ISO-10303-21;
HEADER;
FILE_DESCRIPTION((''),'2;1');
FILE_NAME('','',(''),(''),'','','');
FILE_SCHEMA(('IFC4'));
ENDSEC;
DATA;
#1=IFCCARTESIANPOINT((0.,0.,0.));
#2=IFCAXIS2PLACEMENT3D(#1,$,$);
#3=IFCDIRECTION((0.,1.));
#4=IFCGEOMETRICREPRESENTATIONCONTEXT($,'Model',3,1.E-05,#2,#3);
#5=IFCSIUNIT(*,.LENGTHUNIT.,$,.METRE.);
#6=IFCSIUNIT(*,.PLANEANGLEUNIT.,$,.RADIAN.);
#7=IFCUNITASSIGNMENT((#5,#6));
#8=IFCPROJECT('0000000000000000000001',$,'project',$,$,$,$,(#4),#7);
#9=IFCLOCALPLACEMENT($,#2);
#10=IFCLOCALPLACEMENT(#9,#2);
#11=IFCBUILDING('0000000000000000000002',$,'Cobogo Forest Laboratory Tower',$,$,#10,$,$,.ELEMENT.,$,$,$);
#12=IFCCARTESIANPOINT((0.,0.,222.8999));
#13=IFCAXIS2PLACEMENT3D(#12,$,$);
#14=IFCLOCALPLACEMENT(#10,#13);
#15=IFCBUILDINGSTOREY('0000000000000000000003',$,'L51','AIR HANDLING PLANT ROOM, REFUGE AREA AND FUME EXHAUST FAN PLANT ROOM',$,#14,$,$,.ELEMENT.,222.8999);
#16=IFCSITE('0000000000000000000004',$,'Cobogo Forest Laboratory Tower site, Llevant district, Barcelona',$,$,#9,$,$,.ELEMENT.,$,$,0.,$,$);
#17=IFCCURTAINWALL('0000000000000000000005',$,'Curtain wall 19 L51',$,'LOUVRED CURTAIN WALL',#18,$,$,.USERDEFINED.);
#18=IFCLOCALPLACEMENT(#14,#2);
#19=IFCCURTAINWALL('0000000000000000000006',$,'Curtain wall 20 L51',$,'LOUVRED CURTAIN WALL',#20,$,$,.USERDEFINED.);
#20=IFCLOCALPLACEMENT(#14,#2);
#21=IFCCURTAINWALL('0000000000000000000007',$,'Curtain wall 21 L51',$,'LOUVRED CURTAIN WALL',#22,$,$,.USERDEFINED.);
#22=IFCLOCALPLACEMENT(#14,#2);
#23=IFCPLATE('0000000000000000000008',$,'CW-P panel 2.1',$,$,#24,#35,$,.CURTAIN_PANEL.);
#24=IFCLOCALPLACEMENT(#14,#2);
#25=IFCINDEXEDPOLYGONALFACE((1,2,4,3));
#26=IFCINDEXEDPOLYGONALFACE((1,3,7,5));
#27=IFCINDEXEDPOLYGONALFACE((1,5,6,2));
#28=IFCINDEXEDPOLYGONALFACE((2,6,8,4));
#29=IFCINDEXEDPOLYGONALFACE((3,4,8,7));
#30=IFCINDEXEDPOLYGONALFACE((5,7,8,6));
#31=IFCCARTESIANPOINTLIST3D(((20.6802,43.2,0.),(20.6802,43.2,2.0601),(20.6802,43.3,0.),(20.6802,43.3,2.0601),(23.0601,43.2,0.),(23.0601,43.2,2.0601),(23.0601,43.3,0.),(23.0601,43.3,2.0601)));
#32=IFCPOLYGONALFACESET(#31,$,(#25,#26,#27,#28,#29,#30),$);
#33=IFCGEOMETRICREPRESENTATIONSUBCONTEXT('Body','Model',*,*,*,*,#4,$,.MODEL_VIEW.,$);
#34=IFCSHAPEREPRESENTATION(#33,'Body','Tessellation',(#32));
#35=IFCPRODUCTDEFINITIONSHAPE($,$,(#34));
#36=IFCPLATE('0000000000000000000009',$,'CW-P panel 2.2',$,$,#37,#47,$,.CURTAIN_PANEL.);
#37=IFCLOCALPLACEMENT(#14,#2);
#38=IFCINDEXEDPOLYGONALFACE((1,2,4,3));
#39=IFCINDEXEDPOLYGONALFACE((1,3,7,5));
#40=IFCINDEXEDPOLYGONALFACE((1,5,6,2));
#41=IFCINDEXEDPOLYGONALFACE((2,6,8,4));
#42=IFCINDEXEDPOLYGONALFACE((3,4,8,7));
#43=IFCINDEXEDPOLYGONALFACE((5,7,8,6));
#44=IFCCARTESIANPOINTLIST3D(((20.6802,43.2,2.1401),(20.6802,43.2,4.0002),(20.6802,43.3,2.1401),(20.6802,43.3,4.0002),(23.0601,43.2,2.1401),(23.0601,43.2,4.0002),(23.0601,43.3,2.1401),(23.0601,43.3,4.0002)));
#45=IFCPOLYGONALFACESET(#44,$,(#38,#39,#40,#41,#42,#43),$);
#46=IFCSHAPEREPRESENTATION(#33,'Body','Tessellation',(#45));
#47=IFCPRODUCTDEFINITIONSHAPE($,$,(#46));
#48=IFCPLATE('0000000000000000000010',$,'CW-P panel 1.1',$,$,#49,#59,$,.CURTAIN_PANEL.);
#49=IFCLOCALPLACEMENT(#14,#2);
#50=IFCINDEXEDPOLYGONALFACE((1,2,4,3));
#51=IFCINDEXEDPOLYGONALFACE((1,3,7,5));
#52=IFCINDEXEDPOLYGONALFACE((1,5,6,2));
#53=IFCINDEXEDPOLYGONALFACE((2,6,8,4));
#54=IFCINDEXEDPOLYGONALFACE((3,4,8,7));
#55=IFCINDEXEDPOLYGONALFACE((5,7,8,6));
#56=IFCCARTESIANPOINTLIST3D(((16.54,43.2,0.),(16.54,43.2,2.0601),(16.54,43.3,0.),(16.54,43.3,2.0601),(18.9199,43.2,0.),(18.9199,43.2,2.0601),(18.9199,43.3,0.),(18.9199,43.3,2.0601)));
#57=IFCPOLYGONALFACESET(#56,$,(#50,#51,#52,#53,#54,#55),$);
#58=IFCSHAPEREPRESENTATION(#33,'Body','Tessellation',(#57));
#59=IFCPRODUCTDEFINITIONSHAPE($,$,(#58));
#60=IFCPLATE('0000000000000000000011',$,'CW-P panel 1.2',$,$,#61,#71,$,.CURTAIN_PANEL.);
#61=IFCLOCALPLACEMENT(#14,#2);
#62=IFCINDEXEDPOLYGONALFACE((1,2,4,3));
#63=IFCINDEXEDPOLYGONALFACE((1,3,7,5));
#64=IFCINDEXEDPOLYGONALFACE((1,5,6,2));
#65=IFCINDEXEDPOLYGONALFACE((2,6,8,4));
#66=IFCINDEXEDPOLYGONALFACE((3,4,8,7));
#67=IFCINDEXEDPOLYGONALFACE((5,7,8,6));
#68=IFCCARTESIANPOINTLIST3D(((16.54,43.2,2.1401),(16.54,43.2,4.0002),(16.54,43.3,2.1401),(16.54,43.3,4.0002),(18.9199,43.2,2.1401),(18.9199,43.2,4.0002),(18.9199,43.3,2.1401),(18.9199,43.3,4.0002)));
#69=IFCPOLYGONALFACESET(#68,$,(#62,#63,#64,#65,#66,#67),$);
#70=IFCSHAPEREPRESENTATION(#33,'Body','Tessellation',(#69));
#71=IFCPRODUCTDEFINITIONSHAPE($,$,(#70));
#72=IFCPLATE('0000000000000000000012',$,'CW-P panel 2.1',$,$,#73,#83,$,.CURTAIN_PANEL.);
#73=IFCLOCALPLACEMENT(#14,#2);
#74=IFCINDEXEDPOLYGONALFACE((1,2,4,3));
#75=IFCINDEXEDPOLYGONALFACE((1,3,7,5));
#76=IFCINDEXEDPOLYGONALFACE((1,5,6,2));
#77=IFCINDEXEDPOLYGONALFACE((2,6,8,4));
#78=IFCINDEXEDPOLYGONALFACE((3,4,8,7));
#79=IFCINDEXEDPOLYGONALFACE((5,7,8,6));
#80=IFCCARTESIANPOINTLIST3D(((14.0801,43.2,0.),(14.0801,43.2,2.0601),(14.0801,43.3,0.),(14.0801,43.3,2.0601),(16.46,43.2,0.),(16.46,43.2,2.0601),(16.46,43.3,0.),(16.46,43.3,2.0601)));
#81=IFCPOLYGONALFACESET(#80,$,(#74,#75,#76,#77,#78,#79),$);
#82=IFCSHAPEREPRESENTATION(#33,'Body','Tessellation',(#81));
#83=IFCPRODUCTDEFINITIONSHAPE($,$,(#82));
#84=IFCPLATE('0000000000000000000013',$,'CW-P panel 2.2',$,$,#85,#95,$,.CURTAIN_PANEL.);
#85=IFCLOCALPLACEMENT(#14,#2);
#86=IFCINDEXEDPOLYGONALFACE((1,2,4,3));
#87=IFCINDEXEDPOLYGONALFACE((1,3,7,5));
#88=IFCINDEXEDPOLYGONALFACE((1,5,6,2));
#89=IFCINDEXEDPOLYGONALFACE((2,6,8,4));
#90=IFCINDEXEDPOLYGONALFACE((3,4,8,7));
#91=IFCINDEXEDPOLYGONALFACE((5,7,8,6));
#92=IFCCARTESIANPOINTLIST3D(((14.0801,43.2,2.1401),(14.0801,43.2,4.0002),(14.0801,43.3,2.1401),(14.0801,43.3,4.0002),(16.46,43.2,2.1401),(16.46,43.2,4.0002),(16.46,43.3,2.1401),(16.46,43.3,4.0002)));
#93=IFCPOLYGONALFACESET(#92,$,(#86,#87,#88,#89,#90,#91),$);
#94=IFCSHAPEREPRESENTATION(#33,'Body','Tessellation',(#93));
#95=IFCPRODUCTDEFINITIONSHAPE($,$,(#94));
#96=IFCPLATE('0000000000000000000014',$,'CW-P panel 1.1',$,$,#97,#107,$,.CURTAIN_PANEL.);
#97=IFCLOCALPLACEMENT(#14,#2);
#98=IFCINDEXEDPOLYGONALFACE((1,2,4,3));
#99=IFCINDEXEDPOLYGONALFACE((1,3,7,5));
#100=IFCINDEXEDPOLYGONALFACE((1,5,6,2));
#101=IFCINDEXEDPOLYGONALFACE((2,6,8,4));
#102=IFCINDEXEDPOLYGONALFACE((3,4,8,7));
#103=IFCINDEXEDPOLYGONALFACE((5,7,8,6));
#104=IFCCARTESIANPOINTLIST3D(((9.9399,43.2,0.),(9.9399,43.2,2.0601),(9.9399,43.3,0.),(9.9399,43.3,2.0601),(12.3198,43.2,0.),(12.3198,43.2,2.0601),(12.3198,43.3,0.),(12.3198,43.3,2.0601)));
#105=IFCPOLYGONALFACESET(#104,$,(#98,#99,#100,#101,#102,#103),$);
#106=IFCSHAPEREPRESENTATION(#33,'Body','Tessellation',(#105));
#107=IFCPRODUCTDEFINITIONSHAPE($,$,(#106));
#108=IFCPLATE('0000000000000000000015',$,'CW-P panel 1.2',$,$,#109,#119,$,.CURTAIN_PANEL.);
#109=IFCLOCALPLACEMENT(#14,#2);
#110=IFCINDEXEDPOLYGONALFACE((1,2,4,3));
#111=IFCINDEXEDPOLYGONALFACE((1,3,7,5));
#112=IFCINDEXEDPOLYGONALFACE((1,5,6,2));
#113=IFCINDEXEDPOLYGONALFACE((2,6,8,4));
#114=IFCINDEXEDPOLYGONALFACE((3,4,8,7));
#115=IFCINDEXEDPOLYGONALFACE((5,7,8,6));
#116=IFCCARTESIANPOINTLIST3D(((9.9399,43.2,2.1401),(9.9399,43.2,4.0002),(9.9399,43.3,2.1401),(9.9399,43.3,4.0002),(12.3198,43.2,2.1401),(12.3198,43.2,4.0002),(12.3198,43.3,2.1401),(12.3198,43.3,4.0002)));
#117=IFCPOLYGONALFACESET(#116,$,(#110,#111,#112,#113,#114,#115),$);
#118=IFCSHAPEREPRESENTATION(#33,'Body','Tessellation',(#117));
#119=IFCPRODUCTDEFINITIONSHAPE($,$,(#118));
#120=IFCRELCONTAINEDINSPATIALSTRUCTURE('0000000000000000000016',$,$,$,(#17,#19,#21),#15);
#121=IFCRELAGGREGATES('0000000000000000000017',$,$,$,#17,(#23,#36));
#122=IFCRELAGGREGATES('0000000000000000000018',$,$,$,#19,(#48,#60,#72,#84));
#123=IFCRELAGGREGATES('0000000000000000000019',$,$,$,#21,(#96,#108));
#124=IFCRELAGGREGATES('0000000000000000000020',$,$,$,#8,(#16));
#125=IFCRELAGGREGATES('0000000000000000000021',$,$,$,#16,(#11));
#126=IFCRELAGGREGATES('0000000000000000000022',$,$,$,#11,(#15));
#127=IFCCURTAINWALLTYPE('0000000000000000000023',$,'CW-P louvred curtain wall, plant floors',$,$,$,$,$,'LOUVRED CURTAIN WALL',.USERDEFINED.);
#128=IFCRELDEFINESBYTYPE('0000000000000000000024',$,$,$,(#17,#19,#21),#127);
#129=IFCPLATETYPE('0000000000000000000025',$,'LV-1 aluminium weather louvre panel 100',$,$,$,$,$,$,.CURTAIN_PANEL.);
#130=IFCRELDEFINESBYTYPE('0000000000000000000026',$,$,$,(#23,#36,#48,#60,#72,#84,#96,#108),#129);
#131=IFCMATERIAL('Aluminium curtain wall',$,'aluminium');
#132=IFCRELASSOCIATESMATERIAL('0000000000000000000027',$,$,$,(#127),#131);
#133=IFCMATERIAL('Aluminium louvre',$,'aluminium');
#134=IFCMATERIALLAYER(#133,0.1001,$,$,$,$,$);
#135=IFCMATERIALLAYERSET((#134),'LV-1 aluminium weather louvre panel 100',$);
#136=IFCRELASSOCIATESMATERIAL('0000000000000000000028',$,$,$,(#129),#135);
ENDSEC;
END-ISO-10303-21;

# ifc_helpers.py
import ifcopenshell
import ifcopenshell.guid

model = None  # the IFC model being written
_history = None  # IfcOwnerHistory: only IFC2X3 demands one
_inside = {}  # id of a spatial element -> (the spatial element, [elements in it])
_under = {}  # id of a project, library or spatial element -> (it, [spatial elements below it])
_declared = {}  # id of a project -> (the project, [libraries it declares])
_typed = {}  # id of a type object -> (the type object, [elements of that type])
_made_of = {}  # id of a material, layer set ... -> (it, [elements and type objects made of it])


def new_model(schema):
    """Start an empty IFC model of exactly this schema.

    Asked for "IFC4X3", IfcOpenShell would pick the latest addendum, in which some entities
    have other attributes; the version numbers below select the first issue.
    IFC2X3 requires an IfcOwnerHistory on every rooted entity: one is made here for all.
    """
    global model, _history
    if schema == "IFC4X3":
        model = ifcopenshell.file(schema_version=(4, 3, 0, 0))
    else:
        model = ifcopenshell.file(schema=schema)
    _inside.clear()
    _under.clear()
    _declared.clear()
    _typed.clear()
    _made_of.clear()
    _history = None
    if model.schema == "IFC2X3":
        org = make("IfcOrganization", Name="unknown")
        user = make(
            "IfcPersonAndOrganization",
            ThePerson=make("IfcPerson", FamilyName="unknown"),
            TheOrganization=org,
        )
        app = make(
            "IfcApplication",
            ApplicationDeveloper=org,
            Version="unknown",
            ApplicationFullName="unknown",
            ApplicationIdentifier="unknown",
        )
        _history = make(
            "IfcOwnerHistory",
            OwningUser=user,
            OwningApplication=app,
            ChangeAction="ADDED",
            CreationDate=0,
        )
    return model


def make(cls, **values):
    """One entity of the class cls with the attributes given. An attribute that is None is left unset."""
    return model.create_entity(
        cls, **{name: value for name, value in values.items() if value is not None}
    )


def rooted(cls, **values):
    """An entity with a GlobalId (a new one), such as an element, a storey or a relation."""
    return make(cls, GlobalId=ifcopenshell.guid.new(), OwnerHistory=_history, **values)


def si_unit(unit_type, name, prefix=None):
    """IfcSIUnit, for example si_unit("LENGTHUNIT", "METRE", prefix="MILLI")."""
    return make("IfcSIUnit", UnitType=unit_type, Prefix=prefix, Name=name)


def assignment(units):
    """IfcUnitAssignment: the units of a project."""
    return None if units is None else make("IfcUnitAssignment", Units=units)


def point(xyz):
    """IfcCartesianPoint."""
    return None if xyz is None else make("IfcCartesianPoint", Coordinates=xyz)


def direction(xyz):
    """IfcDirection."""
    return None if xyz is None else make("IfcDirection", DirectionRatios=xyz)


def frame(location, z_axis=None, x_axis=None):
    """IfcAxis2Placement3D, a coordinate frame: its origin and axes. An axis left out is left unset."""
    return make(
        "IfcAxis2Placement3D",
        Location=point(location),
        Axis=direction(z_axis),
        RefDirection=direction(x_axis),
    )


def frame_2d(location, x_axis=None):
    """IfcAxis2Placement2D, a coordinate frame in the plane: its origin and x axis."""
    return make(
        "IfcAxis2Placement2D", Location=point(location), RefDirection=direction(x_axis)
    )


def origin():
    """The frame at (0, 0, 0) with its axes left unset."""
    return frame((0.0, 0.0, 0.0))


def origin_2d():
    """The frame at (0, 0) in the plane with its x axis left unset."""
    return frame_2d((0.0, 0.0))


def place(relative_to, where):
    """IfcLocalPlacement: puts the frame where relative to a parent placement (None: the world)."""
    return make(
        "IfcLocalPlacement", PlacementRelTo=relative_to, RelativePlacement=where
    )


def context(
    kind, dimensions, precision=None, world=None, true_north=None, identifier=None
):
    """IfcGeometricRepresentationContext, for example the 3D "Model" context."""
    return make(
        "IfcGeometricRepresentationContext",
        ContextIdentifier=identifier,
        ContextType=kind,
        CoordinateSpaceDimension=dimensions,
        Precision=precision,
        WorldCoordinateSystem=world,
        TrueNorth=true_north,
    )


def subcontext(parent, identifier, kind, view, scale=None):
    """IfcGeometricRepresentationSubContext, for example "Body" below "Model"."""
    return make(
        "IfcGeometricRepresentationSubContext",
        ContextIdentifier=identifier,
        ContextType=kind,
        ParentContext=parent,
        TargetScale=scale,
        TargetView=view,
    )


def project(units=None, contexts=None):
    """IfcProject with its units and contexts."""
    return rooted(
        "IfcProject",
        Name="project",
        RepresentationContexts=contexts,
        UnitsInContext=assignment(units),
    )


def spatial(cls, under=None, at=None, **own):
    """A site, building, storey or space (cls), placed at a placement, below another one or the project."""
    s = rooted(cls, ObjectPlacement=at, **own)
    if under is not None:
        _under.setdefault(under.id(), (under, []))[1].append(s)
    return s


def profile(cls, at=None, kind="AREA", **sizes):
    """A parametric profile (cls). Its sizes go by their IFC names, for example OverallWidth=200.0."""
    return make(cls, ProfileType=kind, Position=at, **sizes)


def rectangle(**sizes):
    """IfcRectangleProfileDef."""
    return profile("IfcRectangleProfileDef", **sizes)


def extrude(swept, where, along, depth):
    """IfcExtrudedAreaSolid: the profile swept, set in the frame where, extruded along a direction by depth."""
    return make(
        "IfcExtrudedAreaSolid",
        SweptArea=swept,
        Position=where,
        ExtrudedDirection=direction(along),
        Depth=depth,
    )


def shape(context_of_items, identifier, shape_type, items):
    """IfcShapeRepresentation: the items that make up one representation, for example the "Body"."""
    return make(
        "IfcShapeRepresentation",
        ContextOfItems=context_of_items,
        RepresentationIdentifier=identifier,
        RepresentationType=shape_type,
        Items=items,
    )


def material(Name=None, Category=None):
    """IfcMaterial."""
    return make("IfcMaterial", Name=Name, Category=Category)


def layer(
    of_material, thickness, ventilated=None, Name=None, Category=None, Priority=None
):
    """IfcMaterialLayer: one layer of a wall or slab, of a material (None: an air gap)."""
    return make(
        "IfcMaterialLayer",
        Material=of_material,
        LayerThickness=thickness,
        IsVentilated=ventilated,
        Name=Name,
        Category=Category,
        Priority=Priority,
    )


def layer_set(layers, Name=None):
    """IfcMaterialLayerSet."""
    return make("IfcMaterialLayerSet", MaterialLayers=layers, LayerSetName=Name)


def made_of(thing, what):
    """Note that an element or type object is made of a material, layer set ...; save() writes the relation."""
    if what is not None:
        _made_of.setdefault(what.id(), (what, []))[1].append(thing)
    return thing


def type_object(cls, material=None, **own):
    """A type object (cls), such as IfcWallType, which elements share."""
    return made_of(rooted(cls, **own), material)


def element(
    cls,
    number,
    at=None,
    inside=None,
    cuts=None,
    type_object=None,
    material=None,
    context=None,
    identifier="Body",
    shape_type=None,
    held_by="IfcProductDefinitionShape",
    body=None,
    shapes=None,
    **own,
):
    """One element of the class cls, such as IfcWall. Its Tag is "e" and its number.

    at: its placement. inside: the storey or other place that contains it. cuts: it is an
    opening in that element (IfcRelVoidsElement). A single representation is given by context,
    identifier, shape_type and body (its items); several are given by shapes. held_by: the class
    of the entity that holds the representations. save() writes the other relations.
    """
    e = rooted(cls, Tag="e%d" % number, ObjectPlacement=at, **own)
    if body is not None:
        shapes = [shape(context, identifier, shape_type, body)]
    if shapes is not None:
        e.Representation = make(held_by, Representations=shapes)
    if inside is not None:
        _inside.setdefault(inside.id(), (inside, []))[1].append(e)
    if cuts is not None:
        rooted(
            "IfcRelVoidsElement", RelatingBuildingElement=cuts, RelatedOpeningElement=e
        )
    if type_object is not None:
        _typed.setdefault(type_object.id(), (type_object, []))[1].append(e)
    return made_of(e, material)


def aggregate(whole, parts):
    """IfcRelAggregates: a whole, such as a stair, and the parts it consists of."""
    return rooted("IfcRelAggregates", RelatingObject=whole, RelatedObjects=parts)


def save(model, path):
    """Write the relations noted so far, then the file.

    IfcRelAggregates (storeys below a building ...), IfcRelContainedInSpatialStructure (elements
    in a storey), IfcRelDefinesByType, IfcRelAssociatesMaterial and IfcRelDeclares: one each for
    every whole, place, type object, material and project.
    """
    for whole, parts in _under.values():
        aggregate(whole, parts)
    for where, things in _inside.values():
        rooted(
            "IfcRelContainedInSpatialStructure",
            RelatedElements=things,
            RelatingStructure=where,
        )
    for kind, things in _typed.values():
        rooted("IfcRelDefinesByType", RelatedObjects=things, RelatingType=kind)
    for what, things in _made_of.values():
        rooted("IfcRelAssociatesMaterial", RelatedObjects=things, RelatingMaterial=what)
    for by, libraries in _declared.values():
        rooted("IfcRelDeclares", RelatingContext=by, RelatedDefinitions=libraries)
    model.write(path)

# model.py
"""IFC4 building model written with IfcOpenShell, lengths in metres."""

from ifc_helpers import new_model, si_unit, direction, frame, origin, origin_2d, place, context, subcontext, project, spatial, rectangle, extrude, material, layer, layer_set, type_object, element, aggregate, save


model = new_model("IFC4")

# Units and contexts
model_context = context("Model", 3, precision=1e-05, world=origin(), true_north=direction((0.0, 1.0)))
body_context = subcontext(model_context, "Body", "Model", "MODEL_VIEW")
ifc_project = project(units=[si_unit("LENGTHUNIT", "METRE"), si_unit("PLANEANGLEUNIT", "RADIAN")], contexts=[model_context])

# Site, building, storey
site_placement = place(None, origin())
site = spatial("IfcSite", under=ifc_project, at=site_placement, Name="Cobogo Forest Laboratory Tower site, Llevant district, Barcelona", CompositionType="ELEMENT", RefElevation=0.0)
building_placement = place(site_placement, origin())
building = spatial("IfcBuilding", under=site, at=building_placement, Name="Cobogo Forest Laboratory Tower", CompositionType="ELEMENT")
storey_placement = place(building_placement, frame((0.0, 0.0, 222.8999)))
storey = spatial("IfcBuildingStorey", under=building, at=storey_placement, Name="L51", Description="AIR HANDLING PLANT ROOM, REFUGE AREA AND FUME EXHAUST FAN PLANT ROOM", CompositionType="ELEMENT", Elevation=222.8999)

# Curtain walls
ifc_material_1 = material(Name="Aluminium curtain wall", Category="aluminium")
curtain_wall_type = type_object("IfcCurtainWallType", Name="CW-P louvred curtain wall, plant floors", ElementType="LOUVRED CURTAIN WALL", PredefinedType="USERDEFINED", material=ifc_material_1)
curtain_wall_1_placement = place(storey_placement, origin())
curtain_wall_1 = element("IfcCurtainWall", 1, at=curtain_wall_1_placement, inside=storey, type_object=curtain_wall_type, Name="Curtain wall 19 L51", ObjectType="LOUVRED CURTAIN WALL", PredefinedType="USERDEFINED")
curtain_wall_2_placement = place(storey_placement, origin())
curtain_wall_2 = element("IfcCurtainWall", 2, at=curtain_wall_2_placement, inside=storey, type_object=curtain_wall_type, Name="Curtain wall 20 L51", ObjectType="LOUVRED CURTAIN WALL", PredefinedType="USERDEFINED")

# Curtain wall
curtain_wall_3_placement = place(storey_placement, origin())
curtain_wall_3 = element("IfcCurtainWall", 3, at=curtain_wall_3_placement, inside=storey, type_object=curtain_wall_type, Name="Curtain wall 21 L51", ObjectType="LOUVRED CURTAIN WALL", PredefinedType="USERDEFINED")

# Plates
ifc_material_2 = material(Name="Aluminium louvre", Category="aluminium")
ifc_layer_1 = layer(ifc_material_2, 0.1001)
ifc_layer_set_1 = layer_set([ifc_layer_1], Name="LV-1 aluminium weather louvre panel 100")
plate_type_1 = type_object("IfcPlateType", Name="LV-1 aluminium weather louvre panel 100", PredefinedType="CURTAIN_PANEL", material=ifc_layer_set_1)
plate_1_placement = place(storey_placement, frame((21.8701, 43.25, 0.0), z_axis=(0.0, 0.0, 1.0), x_axis=(-1.0, 0.0, 0.0)))
plate_1 = element("IfcPlate", 4, at=plate_1_placement, type_object=plate_type_1, Name="CW-P panel 2.1", PredefinedType="CURTAIN_PANEL", context=body_context, shape_type="SweptSolid", body=[
    extrude(rectangle(XDim=2.3799, YDim=0.1001, at=origin_2d()), origin(), (0.0, 0.0, 1.0), 2.0601),
])
plate_2_placement = place(storey_placement, frame((21.8701, 43.25, 2.1401), z_axis=(0.0, 0.0, 1.0), x_axis=(-1.0, 0.0, 0.0)))
plate_2 = element("IfcPlate", 5, at=plate_2_placement, type_object=plate_type_1, Name="CW-P panel 2.2", PredefinedType="CURTAIN_PANEL", context=body_context, shape_type="SweptSolid", body=[
    extrude(rectangle(XDim=2.3799, YDim=0.1001, at=origin_2d()), origin(), (0.0, 0.0, 1.0), 1.8601),
])
aggregate(curtain_wall_1, [plate_1, plate_2])
plate_3_placement = place(storey_placement, frame((17.73, 43.25, 0.0), z_axis=(0.0, 0.0, 1.0), x_axis=(-1.0, 0.0, 0.0)))
plate_3 = element("IfcPlate", 6, at=plate_3_placement, type_object=plate_type_1, Name="CW-P panel 1.1", PredefinedType="CURTAIN_PANEL", context=body_context, shape_type="SweptSolid", body=[
    extrude(rectangle(XDim=2.3799, YDim=0.1001, at=origin_2d()), origin(), (0.0, 0.0, 1.0), 2.0601),
])
plate_4_placement = place(storey_placement, frame((17.73, 43.25, 2.1401), z_axis=(0.0, 0.0, 1.0), x_axis=(-1.0, 0.0, 0.0)))
plate_4 = element("IfcPlate", 7, at=plate_4_placement, type_object=plate_type_1, Name="CW-P panel 1.2", PredefinedType="CURTAIN_PANEL", context=body_context, shape_type="SweptSolid", body=[
    extrude(rectangle(XDim=2.3799, YDim=0.1001, at=origin_2d()), origin(), (0.0, 0.0, 1.0), 1.8601),
])
plate_5_placement = place(storey_placement, frame((15.27, 43.25, 0.0), z_axis=(0.0, 0.0, 1.0), x_axis=(-1.0, 0.0, 0.0)))
plate_5 = element("IfcPlate", 8, at=plate_5_placement, type_object=plate_type_1, Name="CW-P panel 2.1", PredefinedType="CURTAIN_PANEL", context=body_context, shape_type="SweptSolid", body=[
    extrude(rectangle(XDim=2.3799, YDim=0.1001, at=origin_2d()), origin(), (0.0, 0.0, 1.0), 2.0601),
])
plate_6_placement = place(storey_placement, frame((15.27, 43.25, 2.1401), z_axis=(0.0, 0.0, 1.0), x_axis=(-1.0, 0.0, 0.0)))
plate_6 = element("IfcPlate", 9, at=plate_6_placement, type_object=plate_type_1, Name="CW-P panel 2.2", PredefinedType="CURTAIN_PANEL", context=body_context, shape_type="SweptSolid", body=[
    extrude(rectangle(XDim=2.3799, YDim=0.1001, at=origin_2d()), origin(), (0.0, 0.0, 1.0), 1.8601),
])
aggregate(curtain_wall_2, [plate_3, plate_4, plate_5, plate_6])
plate_7_placement = place(storey_placement, frame((11.1299, 43.25, 0.0), z_axis=(0.0, 0.0, 1.0), x_axis=(-1.0, 0.0, 0.0)))
plate_7 = element("IfcPlate", 10, at=plate_7_placement, type_object=plate_type_1, Name="CW-P panel 1.1", PredefinedType="CURTAIN_PANEL", context=body_context, shape_type="SweptSolid", body=[
    extrude(rectangle(XDim=2.3799, YDim=0.1001, at=origin_2d()), origin(), (0.0, 0.0, 1.0), 2.0601),
])
plate_8_placement = place(storey_placement, frame((11.1299, 43.25, 2.1401), z_axis=(0.0, 0.0, 1.0), x_axis=(-1.0, 0.0, 0.0)))
plate_8 = element("IfcPlate", 11, at=plate_8_placement, type_object=plate_type_1, Name="CW-P panel 1.2", PredefinedType="CURTAIN_PANEL", context=body_context, shape_type="SweptSolid", body=[
    extrude(rectangle(XDim=2.3799, YDim=0.1001, at=origin_2d()), origin(), (0.0, 0.0, 1.0), 1.8601),
])
aggregate(curtain_wall_3, [plate_7, plate_8])

save(model, "model.ifc")
